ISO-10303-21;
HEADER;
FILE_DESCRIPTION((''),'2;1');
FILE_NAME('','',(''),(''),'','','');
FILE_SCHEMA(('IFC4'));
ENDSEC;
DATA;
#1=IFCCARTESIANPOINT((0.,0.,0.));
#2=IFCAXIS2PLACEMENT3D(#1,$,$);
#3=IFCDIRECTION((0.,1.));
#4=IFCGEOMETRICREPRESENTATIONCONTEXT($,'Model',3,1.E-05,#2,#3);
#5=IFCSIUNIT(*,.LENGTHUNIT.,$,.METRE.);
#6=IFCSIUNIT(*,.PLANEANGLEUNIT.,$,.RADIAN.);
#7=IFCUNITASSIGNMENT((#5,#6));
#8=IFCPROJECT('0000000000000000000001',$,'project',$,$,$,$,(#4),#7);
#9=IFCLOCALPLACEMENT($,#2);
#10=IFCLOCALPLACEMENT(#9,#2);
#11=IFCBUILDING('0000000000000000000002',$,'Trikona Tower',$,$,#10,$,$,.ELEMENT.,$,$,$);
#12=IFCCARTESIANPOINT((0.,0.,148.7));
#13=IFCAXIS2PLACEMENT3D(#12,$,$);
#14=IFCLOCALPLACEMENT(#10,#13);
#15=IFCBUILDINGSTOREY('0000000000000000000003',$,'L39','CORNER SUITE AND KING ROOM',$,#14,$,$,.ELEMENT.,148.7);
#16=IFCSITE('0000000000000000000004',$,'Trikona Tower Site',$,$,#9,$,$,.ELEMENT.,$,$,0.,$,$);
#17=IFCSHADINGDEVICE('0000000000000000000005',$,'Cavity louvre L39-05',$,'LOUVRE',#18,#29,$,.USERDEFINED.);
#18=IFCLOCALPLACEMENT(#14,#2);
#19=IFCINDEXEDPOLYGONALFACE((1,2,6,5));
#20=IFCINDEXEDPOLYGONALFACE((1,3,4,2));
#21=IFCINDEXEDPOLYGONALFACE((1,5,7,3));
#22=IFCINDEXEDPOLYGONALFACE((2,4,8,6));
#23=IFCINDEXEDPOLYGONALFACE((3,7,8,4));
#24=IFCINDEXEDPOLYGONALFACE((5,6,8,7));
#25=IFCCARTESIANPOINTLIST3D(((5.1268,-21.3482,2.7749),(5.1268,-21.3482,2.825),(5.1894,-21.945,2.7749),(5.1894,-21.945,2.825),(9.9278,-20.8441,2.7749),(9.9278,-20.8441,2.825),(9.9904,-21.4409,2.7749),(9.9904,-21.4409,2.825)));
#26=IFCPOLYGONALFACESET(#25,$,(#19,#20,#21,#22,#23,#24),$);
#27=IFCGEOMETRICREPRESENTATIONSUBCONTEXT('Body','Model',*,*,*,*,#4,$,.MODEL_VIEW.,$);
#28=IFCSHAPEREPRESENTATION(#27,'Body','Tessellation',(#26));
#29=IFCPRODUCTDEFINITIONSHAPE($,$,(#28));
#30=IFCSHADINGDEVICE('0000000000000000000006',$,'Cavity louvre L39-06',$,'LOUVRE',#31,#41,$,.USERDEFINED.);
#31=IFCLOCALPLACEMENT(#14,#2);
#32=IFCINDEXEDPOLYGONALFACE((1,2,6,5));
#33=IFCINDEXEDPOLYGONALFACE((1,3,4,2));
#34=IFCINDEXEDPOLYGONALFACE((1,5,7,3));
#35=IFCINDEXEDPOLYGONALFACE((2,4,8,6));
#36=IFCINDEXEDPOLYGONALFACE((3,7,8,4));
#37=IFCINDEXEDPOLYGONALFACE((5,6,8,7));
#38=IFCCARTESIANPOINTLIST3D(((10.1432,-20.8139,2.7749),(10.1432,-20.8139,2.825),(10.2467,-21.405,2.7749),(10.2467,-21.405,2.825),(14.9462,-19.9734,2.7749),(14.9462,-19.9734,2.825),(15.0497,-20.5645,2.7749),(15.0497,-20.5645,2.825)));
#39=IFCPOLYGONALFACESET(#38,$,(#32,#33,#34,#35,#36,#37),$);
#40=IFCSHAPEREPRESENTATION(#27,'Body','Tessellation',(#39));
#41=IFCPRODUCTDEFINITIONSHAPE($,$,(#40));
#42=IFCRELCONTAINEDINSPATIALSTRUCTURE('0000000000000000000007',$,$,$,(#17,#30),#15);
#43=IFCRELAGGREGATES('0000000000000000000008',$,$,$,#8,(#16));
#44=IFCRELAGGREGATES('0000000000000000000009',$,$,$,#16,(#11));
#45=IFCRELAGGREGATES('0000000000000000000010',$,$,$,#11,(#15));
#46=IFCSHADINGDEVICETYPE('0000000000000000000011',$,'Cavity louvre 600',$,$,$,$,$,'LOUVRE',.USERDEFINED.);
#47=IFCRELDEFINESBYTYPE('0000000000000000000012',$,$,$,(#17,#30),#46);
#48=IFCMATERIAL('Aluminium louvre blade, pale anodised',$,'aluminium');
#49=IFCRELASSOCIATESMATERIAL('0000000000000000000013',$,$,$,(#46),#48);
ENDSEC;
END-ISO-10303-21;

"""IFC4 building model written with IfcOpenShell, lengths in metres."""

from ifc_helpers import new_model, si_unit, direction, frame, origin, origin_2d, place, context, subcontext, project, spatial, rectangle, extrude, material, type_object, element, save


model = new_model("IFC4")

# Units and contexts
model_context = context("Model", 3, precision=1e-05, world=origin(), true_north=direction((0.0, 1.0)))
body_context = subcontext(model_context, "Body", "Model", "MODEL_VIEW")
ifc_project = project(units=[si_unit("LENGTHUNIT", "METRE"), si_unit("PLANEANGLEUNIT", "RADIAN")], contexts=[model_context])

# Site, building, storey
site_placement = place(None, origin())
site = spatial("IfcSite", under=ifc_project, at=site_placement, Name="Trikona Tower Site", CompositionType="ELEMENT", RefElevation=0.0)
building_placement = place(site_placement, origin())
building = spatial("IfcBuilding", under=site, at=building_placement, Name="Trikona Tower", CompositionType="ELEMENT")
storey_placement = place(building_placement, frame((0.0, 0.0, 148.7)))
storey = spatial("IfcBuildingStorey", under=building, at=storey_placement, Name="L39", Description="CORNER SUITE AND KING ROOM", CompositionType="ELEMENT", Elevation=148.7)

# Shading devices
ifc_material_1 = material(Name="Aluminium louvre blade, pale anodised", Category="aluminium")
shading_device_type = type_object("IfcShadingDeviceType", Name="Cavity louvre 600", ElementType="LOUVRE", PredefinedType="USERDEFINED", material=ifc_material_1)
shading_device_1_placement = place(storey_placement, frame((7.5586, -21.3945, 2.7749), z_axis=(0.0, 0.0, 1.0), x_axis=(0.994533, 0.104426, 0.0)))
element("IfcShadingDevice", 1, at=shading_device_1_placement, inside=storey, type_object=shading_device_type, Name="Cavity louvre L39-05", ObjectType="LOUVRE", PredefinedType="USERDEFINED", context=body_context, shape_type="SweptSolid", body=[
    extrude(rectangle(XDim=4.8274, YDim=0.6001, at=origin_2d()), origin(), (0.0, 0.0, 1.0), 0.05),
])
shading_device_2_placement = place(storey_placement, frame((12.5964, -20.6892, 2.7749), z_axis=(0.0, 0.0, 1.0), x_axis=(0.985031, 0.17238, 0.0)))
element("IfcShadingDevice", 2, at=shading_device_2_placement, inside=storey, type_object=shading_device_type, Name="Cavity louvre L39-06", ObjectType="LOUVRE", PredefinedType="USERDEFINED", context=body_context, shape_type="SweptSolid", body=[
    extrude(rectangle(XDim=4.876, YDim=0.6001, at=origin_2d()), origin(), (0.0, 0.0, 1.0), 0.05),
])

save(model, "model.ifc")
